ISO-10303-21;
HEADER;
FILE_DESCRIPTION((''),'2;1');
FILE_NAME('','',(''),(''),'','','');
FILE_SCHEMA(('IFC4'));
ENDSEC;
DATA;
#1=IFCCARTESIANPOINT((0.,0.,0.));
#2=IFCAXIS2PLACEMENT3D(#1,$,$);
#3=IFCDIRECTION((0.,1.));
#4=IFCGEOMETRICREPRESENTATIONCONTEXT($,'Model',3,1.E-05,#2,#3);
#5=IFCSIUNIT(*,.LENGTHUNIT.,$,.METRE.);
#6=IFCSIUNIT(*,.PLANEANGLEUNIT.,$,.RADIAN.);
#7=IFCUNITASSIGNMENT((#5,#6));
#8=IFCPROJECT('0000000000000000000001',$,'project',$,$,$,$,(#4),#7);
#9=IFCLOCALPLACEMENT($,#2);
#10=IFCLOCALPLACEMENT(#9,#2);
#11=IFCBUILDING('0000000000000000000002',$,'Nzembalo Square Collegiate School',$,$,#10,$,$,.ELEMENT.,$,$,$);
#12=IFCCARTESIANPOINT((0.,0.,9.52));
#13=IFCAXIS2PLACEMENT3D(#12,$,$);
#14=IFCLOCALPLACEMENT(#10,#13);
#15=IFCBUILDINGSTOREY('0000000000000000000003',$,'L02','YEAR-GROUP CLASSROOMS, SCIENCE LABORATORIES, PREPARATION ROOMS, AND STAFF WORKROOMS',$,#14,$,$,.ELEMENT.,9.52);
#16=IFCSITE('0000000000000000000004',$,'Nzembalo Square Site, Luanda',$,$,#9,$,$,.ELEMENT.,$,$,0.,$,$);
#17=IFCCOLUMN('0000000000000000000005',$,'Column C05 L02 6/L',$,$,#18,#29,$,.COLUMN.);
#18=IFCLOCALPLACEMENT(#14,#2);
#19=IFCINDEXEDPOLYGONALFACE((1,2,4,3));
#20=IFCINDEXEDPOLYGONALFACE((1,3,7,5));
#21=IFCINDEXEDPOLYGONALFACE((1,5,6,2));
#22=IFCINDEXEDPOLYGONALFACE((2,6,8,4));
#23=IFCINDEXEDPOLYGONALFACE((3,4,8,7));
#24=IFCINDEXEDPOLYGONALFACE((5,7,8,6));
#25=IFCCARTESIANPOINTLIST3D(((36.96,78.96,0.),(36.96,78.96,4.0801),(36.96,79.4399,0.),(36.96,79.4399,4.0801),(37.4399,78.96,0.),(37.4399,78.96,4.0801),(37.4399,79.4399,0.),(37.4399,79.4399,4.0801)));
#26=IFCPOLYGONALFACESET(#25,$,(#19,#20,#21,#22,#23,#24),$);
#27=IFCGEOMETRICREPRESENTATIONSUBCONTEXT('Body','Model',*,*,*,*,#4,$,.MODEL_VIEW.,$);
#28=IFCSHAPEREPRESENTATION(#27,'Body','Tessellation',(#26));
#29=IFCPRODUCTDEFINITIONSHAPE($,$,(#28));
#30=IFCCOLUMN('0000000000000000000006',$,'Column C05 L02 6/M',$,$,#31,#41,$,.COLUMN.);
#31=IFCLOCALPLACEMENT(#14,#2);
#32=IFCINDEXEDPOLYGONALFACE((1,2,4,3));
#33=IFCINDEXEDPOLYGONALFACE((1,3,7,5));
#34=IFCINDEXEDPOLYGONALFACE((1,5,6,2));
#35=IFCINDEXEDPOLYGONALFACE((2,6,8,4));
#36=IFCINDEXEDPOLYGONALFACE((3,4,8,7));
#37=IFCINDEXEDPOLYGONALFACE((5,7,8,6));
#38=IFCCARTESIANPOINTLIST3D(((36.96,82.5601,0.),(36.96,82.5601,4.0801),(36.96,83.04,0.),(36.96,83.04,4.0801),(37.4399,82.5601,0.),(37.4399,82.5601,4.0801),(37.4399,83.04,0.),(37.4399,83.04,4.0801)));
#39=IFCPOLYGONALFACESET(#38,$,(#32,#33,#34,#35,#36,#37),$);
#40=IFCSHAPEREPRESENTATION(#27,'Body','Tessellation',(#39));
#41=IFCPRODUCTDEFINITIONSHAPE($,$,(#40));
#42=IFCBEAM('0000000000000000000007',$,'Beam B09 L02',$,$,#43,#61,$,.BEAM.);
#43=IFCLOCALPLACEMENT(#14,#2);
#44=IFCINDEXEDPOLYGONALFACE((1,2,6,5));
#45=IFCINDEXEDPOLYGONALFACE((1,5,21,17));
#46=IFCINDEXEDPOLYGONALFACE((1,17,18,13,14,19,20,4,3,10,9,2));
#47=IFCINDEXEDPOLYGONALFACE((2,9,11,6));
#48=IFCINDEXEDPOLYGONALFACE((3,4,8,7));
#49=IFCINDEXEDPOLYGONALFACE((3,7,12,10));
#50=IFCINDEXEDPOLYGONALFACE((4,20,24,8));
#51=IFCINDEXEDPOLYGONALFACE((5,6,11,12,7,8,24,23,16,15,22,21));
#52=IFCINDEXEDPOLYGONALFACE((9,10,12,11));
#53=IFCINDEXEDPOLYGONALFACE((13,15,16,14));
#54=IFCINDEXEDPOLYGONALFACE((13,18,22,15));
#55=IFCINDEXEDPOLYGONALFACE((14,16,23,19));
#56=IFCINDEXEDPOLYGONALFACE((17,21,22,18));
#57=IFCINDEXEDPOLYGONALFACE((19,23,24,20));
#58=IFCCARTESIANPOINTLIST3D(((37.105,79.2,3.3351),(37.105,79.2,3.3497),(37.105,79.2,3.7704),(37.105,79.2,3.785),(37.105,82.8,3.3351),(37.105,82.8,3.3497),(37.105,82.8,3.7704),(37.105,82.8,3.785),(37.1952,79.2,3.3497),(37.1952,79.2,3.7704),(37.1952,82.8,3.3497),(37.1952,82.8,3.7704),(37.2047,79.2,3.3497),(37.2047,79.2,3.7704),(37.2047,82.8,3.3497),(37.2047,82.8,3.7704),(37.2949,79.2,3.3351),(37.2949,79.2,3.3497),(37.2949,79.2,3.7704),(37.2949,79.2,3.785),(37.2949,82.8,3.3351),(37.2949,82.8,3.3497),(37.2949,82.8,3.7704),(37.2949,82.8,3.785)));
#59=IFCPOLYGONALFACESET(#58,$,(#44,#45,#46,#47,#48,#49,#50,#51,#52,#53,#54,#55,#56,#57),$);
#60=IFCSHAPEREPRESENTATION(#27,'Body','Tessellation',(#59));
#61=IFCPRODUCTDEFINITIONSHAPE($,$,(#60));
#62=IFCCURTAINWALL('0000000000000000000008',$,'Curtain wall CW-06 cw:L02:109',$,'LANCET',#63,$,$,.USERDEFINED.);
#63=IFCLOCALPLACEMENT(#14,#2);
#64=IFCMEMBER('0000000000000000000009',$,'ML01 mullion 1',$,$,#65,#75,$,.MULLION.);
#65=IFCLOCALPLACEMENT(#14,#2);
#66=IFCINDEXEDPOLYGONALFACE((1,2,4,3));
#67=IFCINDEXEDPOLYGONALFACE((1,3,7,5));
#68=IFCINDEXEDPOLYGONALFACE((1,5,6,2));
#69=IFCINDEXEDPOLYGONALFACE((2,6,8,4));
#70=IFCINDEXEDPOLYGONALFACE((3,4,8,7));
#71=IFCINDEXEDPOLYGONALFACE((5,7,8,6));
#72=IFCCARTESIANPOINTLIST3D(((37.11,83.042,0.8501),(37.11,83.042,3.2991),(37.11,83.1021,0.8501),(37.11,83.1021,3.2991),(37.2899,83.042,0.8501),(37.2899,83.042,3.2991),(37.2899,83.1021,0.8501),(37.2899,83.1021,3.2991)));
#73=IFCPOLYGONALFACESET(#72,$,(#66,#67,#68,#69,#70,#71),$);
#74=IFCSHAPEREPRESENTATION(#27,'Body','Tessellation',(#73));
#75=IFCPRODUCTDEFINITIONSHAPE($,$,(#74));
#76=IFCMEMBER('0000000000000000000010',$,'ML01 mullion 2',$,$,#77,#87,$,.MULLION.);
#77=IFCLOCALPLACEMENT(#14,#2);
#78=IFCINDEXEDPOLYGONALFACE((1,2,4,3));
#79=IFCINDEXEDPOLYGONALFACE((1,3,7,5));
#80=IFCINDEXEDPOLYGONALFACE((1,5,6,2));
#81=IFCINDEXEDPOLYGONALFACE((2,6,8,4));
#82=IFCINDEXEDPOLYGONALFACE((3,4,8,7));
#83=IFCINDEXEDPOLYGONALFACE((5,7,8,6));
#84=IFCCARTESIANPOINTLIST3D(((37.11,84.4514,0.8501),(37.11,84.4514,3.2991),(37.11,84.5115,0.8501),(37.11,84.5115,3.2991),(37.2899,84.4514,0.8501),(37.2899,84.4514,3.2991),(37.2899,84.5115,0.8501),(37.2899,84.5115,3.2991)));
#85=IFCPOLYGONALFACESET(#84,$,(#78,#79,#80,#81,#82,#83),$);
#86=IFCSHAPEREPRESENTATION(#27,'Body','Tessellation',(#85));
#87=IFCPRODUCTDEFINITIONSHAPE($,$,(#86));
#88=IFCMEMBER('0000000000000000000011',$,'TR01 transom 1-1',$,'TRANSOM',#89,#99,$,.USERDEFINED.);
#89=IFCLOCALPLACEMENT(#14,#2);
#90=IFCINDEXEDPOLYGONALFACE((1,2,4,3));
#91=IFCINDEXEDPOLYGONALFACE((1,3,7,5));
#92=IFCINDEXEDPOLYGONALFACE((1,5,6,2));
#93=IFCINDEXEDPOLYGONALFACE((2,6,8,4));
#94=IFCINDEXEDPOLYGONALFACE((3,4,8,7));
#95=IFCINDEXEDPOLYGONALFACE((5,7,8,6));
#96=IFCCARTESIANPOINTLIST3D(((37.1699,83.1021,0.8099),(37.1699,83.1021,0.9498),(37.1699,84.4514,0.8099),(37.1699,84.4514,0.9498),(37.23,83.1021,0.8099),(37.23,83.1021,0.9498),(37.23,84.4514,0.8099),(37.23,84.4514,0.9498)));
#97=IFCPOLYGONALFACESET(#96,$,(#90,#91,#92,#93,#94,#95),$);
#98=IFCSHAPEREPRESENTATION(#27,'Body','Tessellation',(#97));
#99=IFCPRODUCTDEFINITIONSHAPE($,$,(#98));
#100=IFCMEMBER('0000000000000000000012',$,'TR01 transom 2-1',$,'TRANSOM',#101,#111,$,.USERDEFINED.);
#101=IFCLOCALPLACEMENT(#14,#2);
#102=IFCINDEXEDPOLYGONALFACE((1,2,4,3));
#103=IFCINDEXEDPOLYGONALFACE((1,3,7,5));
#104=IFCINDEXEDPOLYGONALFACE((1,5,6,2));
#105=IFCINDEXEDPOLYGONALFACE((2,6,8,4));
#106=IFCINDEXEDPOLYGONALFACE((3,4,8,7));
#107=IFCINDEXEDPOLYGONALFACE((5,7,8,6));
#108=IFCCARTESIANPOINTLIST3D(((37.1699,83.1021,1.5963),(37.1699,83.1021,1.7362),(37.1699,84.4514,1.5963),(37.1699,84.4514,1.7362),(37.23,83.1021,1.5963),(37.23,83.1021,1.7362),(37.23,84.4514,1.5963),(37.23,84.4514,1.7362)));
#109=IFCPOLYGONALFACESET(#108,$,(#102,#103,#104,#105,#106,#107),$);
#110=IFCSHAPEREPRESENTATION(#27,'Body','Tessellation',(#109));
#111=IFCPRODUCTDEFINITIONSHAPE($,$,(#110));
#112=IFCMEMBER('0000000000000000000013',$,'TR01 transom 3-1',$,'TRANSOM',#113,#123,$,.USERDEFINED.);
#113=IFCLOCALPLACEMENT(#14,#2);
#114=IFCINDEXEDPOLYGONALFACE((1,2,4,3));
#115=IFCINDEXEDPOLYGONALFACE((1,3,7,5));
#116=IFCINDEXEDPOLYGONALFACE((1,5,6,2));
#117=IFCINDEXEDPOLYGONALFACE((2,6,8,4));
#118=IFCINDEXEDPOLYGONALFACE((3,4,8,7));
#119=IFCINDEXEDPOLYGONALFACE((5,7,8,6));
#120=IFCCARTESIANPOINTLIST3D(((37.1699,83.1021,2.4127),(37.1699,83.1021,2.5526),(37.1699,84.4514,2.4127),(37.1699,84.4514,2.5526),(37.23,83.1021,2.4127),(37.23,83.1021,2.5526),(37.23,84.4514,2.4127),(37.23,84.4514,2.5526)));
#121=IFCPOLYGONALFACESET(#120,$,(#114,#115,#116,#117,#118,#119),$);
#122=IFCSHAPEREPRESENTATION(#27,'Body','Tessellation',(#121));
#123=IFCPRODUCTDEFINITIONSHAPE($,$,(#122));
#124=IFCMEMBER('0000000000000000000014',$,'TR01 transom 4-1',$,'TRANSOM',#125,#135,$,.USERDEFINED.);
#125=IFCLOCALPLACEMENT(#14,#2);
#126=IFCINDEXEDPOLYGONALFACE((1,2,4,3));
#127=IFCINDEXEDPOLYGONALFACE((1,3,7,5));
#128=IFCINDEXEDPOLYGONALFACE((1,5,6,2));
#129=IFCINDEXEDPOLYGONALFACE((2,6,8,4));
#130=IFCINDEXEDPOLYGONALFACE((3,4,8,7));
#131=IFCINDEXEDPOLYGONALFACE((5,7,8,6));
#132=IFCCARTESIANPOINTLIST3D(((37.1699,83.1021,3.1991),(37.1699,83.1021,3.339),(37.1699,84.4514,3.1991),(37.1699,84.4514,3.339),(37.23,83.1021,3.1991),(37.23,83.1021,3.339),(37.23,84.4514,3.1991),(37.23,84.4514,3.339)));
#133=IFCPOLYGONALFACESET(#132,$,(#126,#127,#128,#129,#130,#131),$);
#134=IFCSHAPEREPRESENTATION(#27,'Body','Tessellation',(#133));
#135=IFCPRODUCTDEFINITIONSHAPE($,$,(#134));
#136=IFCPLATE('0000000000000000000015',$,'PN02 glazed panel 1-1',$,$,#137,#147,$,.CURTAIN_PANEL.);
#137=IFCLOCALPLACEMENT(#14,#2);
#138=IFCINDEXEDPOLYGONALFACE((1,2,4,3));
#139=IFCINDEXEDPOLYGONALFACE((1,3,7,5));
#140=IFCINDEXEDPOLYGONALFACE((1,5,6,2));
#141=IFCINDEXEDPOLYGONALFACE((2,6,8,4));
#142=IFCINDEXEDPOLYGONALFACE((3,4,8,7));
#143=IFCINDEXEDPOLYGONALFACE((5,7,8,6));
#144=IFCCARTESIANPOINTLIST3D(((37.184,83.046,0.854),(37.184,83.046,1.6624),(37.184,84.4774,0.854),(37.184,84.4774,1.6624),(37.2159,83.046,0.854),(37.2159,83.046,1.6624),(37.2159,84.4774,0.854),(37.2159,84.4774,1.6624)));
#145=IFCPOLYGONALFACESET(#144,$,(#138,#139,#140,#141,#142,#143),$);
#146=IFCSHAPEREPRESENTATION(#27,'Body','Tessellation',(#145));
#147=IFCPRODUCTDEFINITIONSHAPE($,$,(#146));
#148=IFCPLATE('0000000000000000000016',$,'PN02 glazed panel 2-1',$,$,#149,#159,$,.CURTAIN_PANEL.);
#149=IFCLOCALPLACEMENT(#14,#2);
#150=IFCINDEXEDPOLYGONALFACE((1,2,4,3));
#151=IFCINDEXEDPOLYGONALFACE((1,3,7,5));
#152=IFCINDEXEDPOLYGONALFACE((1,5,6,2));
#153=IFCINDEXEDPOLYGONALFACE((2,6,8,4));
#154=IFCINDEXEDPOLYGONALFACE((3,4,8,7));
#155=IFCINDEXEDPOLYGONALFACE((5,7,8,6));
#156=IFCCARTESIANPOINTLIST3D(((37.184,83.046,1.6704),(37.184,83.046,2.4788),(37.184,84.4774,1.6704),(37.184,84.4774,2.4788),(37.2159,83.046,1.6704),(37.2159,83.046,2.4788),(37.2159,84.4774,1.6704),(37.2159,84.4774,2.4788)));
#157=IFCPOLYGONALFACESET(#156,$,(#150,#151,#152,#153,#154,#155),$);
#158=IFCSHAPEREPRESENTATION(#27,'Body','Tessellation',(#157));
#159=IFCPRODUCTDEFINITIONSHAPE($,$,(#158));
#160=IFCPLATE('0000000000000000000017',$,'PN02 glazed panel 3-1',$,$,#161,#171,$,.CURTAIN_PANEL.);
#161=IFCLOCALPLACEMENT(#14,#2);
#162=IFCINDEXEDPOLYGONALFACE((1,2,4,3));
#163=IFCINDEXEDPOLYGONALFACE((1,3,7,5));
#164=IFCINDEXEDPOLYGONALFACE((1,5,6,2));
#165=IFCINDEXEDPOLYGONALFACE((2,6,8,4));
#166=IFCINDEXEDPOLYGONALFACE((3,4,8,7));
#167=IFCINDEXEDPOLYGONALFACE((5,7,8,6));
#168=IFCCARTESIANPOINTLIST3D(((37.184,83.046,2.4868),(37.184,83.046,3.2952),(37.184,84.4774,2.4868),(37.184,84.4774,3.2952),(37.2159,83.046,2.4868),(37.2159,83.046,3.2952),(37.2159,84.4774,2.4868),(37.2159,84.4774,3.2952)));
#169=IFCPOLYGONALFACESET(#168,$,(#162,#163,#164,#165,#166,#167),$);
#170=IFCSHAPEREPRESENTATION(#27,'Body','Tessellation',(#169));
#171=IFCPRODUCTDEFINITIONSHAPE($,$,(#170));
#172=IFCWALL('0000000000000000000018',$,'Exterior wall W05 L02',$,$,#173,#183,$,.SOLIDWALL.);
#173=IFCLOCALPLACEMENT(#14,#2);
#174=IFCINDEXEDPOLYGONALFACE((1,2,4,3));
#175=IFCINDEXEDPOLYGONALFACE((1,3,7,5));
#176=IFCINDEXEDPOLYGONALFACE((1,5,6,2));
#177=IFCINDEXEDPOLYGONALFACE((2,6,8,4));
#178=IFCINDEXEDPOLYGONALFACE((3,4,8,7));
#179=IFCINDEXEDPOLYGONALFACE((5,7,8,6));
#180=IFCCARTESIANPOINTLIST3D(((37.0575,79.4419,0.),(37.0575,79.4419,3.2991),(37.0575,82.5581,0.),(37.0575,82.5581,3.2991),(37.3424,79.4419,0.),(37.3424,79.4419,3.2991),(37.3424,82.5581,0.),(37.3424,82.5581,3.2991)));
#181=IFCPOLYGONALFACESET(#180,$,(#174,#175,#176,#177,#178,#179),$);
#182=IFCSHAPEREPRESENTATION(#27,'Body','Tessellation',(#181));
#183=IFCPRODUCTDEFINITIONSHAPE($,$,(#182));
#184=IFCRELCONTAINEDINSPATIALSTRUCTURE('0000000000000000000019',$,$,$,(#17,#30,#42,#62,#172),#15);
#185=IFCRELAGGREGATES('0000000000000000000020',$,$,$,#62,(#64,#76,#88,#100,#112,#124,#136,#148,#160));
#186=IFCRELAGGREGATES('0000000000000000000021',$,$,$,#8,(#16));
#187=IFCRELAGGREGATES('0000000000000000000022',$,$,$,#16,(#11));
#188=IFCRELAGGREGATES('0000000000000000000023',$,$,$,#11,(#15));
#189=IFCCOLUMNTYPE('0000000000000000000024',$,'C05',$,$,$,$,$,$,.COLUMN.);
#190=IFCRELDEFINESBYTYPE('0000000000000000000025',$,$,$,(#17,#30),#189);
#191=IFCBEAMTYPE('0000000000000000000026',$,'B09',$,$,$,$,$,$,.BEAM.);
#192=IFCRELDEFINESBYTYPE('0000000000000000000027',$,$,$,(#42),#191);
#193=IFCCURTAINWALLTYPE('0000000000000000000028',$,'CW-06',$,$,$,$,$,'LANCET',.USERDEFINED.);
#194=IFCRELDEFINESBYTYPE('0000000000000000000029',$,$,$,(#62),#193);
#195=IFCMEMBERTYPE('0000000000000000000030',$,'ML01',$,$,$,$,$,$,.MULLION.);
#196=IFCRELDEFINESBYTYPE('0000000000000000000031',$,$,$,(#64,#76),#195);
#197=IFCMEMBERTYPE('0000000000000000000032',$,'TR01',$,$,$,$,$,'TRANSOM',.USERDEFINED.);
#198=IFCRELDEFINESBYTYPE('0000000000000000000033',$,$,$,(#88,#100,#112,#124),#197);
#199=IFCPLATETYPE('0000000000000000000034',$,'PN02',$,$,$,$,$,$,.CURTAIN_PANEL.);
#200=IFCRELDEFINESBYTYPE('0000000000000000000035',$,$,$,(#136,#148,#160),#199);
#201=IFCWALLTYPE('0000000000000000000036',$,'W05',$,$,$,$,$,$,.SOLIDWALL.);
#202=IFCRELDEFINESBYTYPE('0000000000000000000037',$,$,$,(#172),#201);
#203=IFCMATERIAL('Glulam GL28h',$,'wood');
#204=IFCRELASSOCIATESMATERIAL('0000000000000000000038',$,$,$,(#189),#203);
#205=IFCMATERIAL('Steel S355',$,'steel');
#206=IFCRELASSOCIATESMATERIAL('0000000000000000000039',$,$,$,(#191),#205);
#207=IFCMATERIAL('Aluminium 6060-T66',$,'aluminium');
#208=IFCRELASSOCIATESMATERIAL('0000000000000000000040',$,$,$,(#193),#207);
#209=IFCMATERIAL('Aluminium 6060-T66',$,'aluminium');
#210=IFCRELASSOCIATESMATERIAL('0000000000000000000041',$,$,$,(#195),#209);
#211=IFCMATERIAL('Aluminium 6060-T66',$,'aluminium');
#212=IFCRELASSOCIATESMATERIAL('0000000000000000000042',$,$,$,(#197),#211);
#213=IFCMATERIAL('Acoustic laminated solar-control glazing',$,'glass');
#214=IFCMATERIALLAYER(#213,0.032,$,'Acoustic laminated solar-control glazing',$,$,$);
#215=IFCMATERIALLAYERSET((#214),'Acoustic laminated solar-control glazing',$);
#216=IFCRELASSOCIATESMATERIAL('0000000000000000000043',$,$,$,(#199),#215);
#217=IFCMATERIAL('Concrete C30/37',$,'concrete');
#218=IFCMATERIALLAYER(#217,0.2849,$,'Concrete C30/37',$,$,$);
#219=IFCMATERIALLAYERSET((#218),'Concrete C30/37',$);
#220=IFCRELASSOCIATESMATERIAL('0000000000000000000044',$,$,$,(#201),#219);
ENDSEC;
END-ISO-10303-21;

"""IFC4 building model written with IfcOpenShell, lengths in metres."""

from ifc_helpers import new_model, si_unit, direction, frame, frame_2d, origin, origin_2d, place, context, subcontext, project, spatial, rectangle, i_section, extrude, material, layer, layer_set, material_profile, profile_set, type_object, element, aggregate, save


model = new_model("IFC4")

# Units and contexts
model_context = context("Model", 3, precision=1e-05, world=origin(), true_north=direction((0.0, 1.0)))
body_context = subcontext(model_context, "Body", "Model", "MODEL_VIEW")
ifc_project = project(units=[si_unit("LENGTHUNIT", "METRE"), si_unit("PLANEANGLEUNIT", "RADIAN")], contexts=[model_context])

# Site, building, storey
site_placement = place(None, origin())
site = spatial("IfcSite", under=ifc_project, at=site_placement, Name="Nzembalo Square Site, Luanda", CompositionType="ELEMENT", RefElevation=0.0)
building_placement = place(site_placement, origin())
building = spatial("IfcBuilding", under=site, at=building_placement, Name="Nzembalo Square Collegiate School", CompositionType="ELEMENT")
storey_placement = place(building_placement, frame((0.0, 0.0, 9.52)))
storey = spatial("IfcBuildingStorey", under=building, at=storey_placement, Name="L02", Description="YEAR-GROUP CLASSROOMS, SCIENCE LABORATORIES, PREPARATION ROOMS, AND STAFF WORKROOMS", CompositionType="ELEMENT", Elevation=9.52)

# Columns
ifc_material_1 = material(Name="Glulam GL28h", Category="wood")
ifc_material_profile_1 = material_profile(ifc_material_1, rectangle(XDim=0.48, YDim=0.48, at=origin_2d()), Name="GL28h 480x480")
ifc_profile_set_1 = profile_set([ifc_material_profile_1], Name="Glulam GL28h")
column_type = type_object("IfcColumnType", Name="C05", PredefinedType="COLUMN", material=ifc_profile_set_1)
for number, where, z_axis, x_axis, name in (
    (1, (37.2, 79.2, 0.0), (0.0, 0.0, 1.0), (1.0, 0.0, 0.0), "Column C05 L02 6/L"),
    (2, (37.2, 82.8, 0.0), (0.0, 0.0, 1.0), (1.0, 0.0, 0.0), "Column C05 L02 6/M"),
):
    element("IfcColumn", number, at=place(storey_placement, frame(where, z_axis=z_axis, x_axis=x_axis)), inside=storey, type_object=column_type, Name=name, PredefinedType="COLUMN", context=body_context, shape_type="SweptSolid", body=[
        extrude(rectangle(XDim=0.48, YDim=0.48, at=origin_2d()), origin(), (0.0, 0.0, 1.0), 4.0801),
    ])

# Beam
ifc_material_2 = material(Name="Steel S355", Category="steel")
ifc_material_profile_2 = material_profile(ifc_material_2, i_section(OverallWidth=0.1899, OverallDepth=0.45, WebThickness=0.0095, FlangeThickness=0.0146, at=origin_2d()), Name="IPE 450")
ifc_profile_set_2 = profile_set([ifc_material_profile_2], Name="Steel S355")
beam_type = type_object("IfcBeamType", Name="B09", PredefinedType="BEAM", material=ifc_profile_set_2)
beam_placement = place(storey_placement, frame((37.2, 79.2, 3.5601), z_axis=(0.0, 1.0, 0.0), x_axis=(-1.0, 0.0, 0.0)))
element("IfcBeam", 3, at=beam_placement, inside=storey, type_object=beam_type, Name="Beam B09 L02", PredefinedType="BEAM", context=body_context, shape_type="SweptSolid", body=[
    extrude(i_section(OverallWidth=0.1899, OverallDepth=0.45, WebThickness=0.0095, FlangeThickness=0.0146, at=origin_2d()), origin(), (0.0, 0.0, 1.0), 3.6001),
])

# Curtain wall, members, plates
ifc_material_3 = material(Name="Aluminium 6060-T66", Category="aluminium")
curtain_wall_type = type_object("IfcCurtainWallType", Name="CW-06", ElementType="LANCET", PredefinedType="USERDEFINED", material=ifc_material_3)
curtain_wall_placement = place(storey_placement, origin())
curtain_wall = element("IfcCurtainWall", 4, at=curtain_wall_placement, inside=storey, type_object=curtain_wall_type, Name="Curtain wall CW-06 cw:L02:109", ObjectType="LANCET", PredefinedType="USERDEFINED")
ifc_material_4 = material(Name="Aluminium 6060-T66", Category="aluminium")
ifc_material_profile_3 = material_profile(ifc_material_4, rectangle(XDim=0.0601, YDim=0.1799, at=origin_2d()), Name="ALU M60x180")
ifc_profile_set_3 = profile_set([ifc_material_profile_3], Name="Aluminium 6060-T66")
member_type_1 = type_object("IfcMemberType", Name="ML01", PredefinedType="MULLION", material=ifc_profile_set_3)
member_1_placement = place(storey_placement, frame((37.2, 83.072, 0.8501), z_axis=(0.0, 0.0, 1.0), x_axis=(0.0, 1.0, 0.0)))
member_1 = element("IfcMember", 5, at=member_1_placement, type_object=member_type_1, Name="ML01 mullion 1", PredefinedType="MULLION", context=body_context, shape_type="SweptSolid", body=[
    extrude(rectangle(XDim=0.0601, YDim=0.1799, at=origin_2d()), origin(), (0.0, 0.0, 1.0), 2.449),
])
member_2_placement = place(storey_placement, frame((37.2, 84.4814, 0.8501), z_axis=(0.0, 0.0, 1.0), x_axis=(0.0, 1.0, 0.0)))
member_2 = element("IfcMember", 6, at=member_2_placement, type_object=member_type_1, Name="ML01 mullion 2", PredefinedType="MULLION", context=body_context, shape_type="SweptSolid", body=[
    extrude(rectangle(XDim=0.0601, YDim=0.1799, at=origin_2d()), origin(), (0.0, 0.0, 1.0), 2.449),
])
ifc_material_5 = material(Name="Aluminium 6060-T66", Category="aluminium")
ifc_material_profile_4 = material_profile(ifc_material_5, rectangle(XDim=0.0601, YDim=0.1399, at=origin_2d()), Name="ALU T60x140")
ifc_profile_set_4 = profile_set([ifc_material_profile_4], Name="Aluminium 6060-T66")
member_type_2 = type_object("IfcMemberType", Name="TR01", ElementType="TRANSOM", PredefinedType="USERDEFINED", material=ifc_profile_set_4)
member_3_placement = place(storey_placement, frame((37.2, 83.1021, 0.8799), z_axis=(0.0, 1.0, 0.0), x_axis=(-1.0, 0.0, 0.0)))
member_3 = element("IfcMember", 7, at=member_3_placement, type_object=member_type_2, Name="TR01 transom 1-1", ObjectType="TRANSOM", PredefinedType="USERDEFINED", context=body_context, shape_type="SweptSolid", body=[
    extrude(rectangle(XDim=0.0601, YDim=0.1399, at=origin_2d()), origin(), (0.0, 0.0, 1.0), 1.3494),
])
member_4_placement = place(storey_placement, frame((37.2, 83.1021, 1.6663), z_axis=(0.0, 1.0, 0.0), x_axis=(-1.0, 0.0, 0.0)))
member_4 = element("IfcMember", 8, at=member_4_placement, type_object=member_type_2, Name="TR01 transom 2-1", ObjectType="TRANSOM", PredefinedType="USERDEFINED", context=body_context, shape_type="SweptSolid", body=[
    extrude(rectangle(XDim=0.0601, YDim=0.1399, at=origin_2d()), origin(), (0.0, 0.0, 1.0), 1.3494),
])
member_5_placement = place(storey_placement, frame((37.2, 83.1021, 2.4827), z_axis=(0.0, 1.0, 0.0), x_axis=(-1.0, 0.0, 0.0)))
member_5 = element("IfcMember", 9, at=member_5_placement, type_object=member_type_2, Name="TR01 transom 3-1", ObjectType="TRANSOM", PredefinedType="USERDEFINED", context=body_context, shape_type="SweptSolid", body=[
    extrude(rectangle(XDim=0.0601, YDim=0.1399, at=origin_2d()), origin(), (0.0, 0.0, 1.0), 1.3494),
])
member_6_placement = place(storey_placement, frame((37.2, 83.1021, 3.269), z_axis=(0.0, 1.0, 0.0), x_axis=(-1.0, 0.0, 0.0)))
member_6 = element("IfcMember", 10, at=member_6_placement, type_object=member_type_2, Name="TR01 transom 4-1", ObjectType="TRANSOM", PredefinedType="USERDEFINED", context=body_context, shape_type="SweptSolid", body=[
    extrude(rectangle(XDim=0.0601, YDim=0.1399, at=origin_2d()), origin(), (0.0, 0.0, 1.0), 1.3494),
])
ifc_material_6 = material(Name="Acoustic laminated solar-control glazing", Category="glass")
ifc_layer_1 = layer(ifc_material_6, 0.032, Name="Acoustic laminated solar-control glazing")
ifc_layer_set_1 = layer_set([ifc_layer_1], Name="Acoustic laminated solar-control glazing")
plate_type = type_object("IfcPlateType", Name="PN02", PredefinedType="CURTAIN_PANEL", material=ifc_layer_set_1)
plate_1_placement = place(storey_placement, frame((37.2, 83.7617, 0.854), z_axis=(0.0, 0.0, 1.0), x_axis=(0.0, 1.0, 0.0)))
plate_1 = element("IfcPlate", 11, at=plate_1_placement, type_object=plate_type, Name="PN02 glazed panel 1-1", PredefinedType="CURTAIN_PANEL", context=body_context, shape_type="SweptSolid", body=[
    extrude(rectangle(XDim=1.4314, YDim=0.032, at=origin_2d()), origin(), (0.0, 0.0, 1.0), 0.8083),
])
plate_2_placement = place(storey_placement, frame((37.2, 83.7617, 1.6704), z_axis=(0.0, 0.0, 1.0), x_axis=(0.0, 1.0, 0.0)))
plate_2 = element("IfcPlate", 12, at=plate_2_placement, type_object=plate_type, Name="PN02 glazed panel 2-1", PredefinedType="CURTAIN_PANEL", context=body_context, shape_type="SweptSolid", body=[
    extrude(rectangle(XDim=1.4314, YDim=0.032, at=origin_2d()), origin(), (0.0, 0.0, 1.0), 0.8083),
])
plate_3_placement = place(storey_placement, frame((37.2, 83.7617, 2.4868), z_axis=(0.0, 0.0, 1.0), x_axis=(0.0, 1.0, 0.0)))
plate_3 = element("IfcPlate", 13, at=plate_3_placement, type_object=plate_type, Name="PN02 glazed panel 3-1", PredefinedType="CURTAIN_PANEL", context=body_context, shape_type="SweptSolid", body=[
    extrude(rectangle(XDim=1.4314, YDim=0.032, at=origin_2d()), origin(), (0.0, 0.0, 1.0), 0.8083),
])
aggregate(curtain_wall, [member_1, member_2, member_3, member_4, member_5, member_6, plate_1, plate_2, plate_3])

# Wall
ifc_material_7 = material(Name="Concrete C30/37", Category="concrete")
ifc_layer_2 = layer(ifc_material_7, 0.2849, Name="Concrete C30/37")
ifc_layer_set_2 = layer_set([ifc_layer_2], Name="Concrete C30/37")
wall_type_1 = type_object("IfcWallType", Name="W05", PredefinedType="SOLIDWALL", material=ifc_layer_set_2)
wall_1_placement = place(storey_placement, frame((37.2, 79.4419, 0.0), z_axis=(0.0, 0.0, 1.0), x_axis=(0.0, 1.0, 0.0)))
element("IfcWall", 14, at=wall_1_placement, inside=storey, type_object=wall_type_1, Name="Exterior wall W05 L02", PredefinedType="SOLIDWALL", context=body_context, shape_type="SweptSolid", body=[
    extrude(rectangle(XDim=3.1162, YDim=0.2849, at=frame_2d((1.5581, 0.0))), origin(), (0.0, 0.0, 1.0), 3.2991),
])

save(model, "model.ifc")
